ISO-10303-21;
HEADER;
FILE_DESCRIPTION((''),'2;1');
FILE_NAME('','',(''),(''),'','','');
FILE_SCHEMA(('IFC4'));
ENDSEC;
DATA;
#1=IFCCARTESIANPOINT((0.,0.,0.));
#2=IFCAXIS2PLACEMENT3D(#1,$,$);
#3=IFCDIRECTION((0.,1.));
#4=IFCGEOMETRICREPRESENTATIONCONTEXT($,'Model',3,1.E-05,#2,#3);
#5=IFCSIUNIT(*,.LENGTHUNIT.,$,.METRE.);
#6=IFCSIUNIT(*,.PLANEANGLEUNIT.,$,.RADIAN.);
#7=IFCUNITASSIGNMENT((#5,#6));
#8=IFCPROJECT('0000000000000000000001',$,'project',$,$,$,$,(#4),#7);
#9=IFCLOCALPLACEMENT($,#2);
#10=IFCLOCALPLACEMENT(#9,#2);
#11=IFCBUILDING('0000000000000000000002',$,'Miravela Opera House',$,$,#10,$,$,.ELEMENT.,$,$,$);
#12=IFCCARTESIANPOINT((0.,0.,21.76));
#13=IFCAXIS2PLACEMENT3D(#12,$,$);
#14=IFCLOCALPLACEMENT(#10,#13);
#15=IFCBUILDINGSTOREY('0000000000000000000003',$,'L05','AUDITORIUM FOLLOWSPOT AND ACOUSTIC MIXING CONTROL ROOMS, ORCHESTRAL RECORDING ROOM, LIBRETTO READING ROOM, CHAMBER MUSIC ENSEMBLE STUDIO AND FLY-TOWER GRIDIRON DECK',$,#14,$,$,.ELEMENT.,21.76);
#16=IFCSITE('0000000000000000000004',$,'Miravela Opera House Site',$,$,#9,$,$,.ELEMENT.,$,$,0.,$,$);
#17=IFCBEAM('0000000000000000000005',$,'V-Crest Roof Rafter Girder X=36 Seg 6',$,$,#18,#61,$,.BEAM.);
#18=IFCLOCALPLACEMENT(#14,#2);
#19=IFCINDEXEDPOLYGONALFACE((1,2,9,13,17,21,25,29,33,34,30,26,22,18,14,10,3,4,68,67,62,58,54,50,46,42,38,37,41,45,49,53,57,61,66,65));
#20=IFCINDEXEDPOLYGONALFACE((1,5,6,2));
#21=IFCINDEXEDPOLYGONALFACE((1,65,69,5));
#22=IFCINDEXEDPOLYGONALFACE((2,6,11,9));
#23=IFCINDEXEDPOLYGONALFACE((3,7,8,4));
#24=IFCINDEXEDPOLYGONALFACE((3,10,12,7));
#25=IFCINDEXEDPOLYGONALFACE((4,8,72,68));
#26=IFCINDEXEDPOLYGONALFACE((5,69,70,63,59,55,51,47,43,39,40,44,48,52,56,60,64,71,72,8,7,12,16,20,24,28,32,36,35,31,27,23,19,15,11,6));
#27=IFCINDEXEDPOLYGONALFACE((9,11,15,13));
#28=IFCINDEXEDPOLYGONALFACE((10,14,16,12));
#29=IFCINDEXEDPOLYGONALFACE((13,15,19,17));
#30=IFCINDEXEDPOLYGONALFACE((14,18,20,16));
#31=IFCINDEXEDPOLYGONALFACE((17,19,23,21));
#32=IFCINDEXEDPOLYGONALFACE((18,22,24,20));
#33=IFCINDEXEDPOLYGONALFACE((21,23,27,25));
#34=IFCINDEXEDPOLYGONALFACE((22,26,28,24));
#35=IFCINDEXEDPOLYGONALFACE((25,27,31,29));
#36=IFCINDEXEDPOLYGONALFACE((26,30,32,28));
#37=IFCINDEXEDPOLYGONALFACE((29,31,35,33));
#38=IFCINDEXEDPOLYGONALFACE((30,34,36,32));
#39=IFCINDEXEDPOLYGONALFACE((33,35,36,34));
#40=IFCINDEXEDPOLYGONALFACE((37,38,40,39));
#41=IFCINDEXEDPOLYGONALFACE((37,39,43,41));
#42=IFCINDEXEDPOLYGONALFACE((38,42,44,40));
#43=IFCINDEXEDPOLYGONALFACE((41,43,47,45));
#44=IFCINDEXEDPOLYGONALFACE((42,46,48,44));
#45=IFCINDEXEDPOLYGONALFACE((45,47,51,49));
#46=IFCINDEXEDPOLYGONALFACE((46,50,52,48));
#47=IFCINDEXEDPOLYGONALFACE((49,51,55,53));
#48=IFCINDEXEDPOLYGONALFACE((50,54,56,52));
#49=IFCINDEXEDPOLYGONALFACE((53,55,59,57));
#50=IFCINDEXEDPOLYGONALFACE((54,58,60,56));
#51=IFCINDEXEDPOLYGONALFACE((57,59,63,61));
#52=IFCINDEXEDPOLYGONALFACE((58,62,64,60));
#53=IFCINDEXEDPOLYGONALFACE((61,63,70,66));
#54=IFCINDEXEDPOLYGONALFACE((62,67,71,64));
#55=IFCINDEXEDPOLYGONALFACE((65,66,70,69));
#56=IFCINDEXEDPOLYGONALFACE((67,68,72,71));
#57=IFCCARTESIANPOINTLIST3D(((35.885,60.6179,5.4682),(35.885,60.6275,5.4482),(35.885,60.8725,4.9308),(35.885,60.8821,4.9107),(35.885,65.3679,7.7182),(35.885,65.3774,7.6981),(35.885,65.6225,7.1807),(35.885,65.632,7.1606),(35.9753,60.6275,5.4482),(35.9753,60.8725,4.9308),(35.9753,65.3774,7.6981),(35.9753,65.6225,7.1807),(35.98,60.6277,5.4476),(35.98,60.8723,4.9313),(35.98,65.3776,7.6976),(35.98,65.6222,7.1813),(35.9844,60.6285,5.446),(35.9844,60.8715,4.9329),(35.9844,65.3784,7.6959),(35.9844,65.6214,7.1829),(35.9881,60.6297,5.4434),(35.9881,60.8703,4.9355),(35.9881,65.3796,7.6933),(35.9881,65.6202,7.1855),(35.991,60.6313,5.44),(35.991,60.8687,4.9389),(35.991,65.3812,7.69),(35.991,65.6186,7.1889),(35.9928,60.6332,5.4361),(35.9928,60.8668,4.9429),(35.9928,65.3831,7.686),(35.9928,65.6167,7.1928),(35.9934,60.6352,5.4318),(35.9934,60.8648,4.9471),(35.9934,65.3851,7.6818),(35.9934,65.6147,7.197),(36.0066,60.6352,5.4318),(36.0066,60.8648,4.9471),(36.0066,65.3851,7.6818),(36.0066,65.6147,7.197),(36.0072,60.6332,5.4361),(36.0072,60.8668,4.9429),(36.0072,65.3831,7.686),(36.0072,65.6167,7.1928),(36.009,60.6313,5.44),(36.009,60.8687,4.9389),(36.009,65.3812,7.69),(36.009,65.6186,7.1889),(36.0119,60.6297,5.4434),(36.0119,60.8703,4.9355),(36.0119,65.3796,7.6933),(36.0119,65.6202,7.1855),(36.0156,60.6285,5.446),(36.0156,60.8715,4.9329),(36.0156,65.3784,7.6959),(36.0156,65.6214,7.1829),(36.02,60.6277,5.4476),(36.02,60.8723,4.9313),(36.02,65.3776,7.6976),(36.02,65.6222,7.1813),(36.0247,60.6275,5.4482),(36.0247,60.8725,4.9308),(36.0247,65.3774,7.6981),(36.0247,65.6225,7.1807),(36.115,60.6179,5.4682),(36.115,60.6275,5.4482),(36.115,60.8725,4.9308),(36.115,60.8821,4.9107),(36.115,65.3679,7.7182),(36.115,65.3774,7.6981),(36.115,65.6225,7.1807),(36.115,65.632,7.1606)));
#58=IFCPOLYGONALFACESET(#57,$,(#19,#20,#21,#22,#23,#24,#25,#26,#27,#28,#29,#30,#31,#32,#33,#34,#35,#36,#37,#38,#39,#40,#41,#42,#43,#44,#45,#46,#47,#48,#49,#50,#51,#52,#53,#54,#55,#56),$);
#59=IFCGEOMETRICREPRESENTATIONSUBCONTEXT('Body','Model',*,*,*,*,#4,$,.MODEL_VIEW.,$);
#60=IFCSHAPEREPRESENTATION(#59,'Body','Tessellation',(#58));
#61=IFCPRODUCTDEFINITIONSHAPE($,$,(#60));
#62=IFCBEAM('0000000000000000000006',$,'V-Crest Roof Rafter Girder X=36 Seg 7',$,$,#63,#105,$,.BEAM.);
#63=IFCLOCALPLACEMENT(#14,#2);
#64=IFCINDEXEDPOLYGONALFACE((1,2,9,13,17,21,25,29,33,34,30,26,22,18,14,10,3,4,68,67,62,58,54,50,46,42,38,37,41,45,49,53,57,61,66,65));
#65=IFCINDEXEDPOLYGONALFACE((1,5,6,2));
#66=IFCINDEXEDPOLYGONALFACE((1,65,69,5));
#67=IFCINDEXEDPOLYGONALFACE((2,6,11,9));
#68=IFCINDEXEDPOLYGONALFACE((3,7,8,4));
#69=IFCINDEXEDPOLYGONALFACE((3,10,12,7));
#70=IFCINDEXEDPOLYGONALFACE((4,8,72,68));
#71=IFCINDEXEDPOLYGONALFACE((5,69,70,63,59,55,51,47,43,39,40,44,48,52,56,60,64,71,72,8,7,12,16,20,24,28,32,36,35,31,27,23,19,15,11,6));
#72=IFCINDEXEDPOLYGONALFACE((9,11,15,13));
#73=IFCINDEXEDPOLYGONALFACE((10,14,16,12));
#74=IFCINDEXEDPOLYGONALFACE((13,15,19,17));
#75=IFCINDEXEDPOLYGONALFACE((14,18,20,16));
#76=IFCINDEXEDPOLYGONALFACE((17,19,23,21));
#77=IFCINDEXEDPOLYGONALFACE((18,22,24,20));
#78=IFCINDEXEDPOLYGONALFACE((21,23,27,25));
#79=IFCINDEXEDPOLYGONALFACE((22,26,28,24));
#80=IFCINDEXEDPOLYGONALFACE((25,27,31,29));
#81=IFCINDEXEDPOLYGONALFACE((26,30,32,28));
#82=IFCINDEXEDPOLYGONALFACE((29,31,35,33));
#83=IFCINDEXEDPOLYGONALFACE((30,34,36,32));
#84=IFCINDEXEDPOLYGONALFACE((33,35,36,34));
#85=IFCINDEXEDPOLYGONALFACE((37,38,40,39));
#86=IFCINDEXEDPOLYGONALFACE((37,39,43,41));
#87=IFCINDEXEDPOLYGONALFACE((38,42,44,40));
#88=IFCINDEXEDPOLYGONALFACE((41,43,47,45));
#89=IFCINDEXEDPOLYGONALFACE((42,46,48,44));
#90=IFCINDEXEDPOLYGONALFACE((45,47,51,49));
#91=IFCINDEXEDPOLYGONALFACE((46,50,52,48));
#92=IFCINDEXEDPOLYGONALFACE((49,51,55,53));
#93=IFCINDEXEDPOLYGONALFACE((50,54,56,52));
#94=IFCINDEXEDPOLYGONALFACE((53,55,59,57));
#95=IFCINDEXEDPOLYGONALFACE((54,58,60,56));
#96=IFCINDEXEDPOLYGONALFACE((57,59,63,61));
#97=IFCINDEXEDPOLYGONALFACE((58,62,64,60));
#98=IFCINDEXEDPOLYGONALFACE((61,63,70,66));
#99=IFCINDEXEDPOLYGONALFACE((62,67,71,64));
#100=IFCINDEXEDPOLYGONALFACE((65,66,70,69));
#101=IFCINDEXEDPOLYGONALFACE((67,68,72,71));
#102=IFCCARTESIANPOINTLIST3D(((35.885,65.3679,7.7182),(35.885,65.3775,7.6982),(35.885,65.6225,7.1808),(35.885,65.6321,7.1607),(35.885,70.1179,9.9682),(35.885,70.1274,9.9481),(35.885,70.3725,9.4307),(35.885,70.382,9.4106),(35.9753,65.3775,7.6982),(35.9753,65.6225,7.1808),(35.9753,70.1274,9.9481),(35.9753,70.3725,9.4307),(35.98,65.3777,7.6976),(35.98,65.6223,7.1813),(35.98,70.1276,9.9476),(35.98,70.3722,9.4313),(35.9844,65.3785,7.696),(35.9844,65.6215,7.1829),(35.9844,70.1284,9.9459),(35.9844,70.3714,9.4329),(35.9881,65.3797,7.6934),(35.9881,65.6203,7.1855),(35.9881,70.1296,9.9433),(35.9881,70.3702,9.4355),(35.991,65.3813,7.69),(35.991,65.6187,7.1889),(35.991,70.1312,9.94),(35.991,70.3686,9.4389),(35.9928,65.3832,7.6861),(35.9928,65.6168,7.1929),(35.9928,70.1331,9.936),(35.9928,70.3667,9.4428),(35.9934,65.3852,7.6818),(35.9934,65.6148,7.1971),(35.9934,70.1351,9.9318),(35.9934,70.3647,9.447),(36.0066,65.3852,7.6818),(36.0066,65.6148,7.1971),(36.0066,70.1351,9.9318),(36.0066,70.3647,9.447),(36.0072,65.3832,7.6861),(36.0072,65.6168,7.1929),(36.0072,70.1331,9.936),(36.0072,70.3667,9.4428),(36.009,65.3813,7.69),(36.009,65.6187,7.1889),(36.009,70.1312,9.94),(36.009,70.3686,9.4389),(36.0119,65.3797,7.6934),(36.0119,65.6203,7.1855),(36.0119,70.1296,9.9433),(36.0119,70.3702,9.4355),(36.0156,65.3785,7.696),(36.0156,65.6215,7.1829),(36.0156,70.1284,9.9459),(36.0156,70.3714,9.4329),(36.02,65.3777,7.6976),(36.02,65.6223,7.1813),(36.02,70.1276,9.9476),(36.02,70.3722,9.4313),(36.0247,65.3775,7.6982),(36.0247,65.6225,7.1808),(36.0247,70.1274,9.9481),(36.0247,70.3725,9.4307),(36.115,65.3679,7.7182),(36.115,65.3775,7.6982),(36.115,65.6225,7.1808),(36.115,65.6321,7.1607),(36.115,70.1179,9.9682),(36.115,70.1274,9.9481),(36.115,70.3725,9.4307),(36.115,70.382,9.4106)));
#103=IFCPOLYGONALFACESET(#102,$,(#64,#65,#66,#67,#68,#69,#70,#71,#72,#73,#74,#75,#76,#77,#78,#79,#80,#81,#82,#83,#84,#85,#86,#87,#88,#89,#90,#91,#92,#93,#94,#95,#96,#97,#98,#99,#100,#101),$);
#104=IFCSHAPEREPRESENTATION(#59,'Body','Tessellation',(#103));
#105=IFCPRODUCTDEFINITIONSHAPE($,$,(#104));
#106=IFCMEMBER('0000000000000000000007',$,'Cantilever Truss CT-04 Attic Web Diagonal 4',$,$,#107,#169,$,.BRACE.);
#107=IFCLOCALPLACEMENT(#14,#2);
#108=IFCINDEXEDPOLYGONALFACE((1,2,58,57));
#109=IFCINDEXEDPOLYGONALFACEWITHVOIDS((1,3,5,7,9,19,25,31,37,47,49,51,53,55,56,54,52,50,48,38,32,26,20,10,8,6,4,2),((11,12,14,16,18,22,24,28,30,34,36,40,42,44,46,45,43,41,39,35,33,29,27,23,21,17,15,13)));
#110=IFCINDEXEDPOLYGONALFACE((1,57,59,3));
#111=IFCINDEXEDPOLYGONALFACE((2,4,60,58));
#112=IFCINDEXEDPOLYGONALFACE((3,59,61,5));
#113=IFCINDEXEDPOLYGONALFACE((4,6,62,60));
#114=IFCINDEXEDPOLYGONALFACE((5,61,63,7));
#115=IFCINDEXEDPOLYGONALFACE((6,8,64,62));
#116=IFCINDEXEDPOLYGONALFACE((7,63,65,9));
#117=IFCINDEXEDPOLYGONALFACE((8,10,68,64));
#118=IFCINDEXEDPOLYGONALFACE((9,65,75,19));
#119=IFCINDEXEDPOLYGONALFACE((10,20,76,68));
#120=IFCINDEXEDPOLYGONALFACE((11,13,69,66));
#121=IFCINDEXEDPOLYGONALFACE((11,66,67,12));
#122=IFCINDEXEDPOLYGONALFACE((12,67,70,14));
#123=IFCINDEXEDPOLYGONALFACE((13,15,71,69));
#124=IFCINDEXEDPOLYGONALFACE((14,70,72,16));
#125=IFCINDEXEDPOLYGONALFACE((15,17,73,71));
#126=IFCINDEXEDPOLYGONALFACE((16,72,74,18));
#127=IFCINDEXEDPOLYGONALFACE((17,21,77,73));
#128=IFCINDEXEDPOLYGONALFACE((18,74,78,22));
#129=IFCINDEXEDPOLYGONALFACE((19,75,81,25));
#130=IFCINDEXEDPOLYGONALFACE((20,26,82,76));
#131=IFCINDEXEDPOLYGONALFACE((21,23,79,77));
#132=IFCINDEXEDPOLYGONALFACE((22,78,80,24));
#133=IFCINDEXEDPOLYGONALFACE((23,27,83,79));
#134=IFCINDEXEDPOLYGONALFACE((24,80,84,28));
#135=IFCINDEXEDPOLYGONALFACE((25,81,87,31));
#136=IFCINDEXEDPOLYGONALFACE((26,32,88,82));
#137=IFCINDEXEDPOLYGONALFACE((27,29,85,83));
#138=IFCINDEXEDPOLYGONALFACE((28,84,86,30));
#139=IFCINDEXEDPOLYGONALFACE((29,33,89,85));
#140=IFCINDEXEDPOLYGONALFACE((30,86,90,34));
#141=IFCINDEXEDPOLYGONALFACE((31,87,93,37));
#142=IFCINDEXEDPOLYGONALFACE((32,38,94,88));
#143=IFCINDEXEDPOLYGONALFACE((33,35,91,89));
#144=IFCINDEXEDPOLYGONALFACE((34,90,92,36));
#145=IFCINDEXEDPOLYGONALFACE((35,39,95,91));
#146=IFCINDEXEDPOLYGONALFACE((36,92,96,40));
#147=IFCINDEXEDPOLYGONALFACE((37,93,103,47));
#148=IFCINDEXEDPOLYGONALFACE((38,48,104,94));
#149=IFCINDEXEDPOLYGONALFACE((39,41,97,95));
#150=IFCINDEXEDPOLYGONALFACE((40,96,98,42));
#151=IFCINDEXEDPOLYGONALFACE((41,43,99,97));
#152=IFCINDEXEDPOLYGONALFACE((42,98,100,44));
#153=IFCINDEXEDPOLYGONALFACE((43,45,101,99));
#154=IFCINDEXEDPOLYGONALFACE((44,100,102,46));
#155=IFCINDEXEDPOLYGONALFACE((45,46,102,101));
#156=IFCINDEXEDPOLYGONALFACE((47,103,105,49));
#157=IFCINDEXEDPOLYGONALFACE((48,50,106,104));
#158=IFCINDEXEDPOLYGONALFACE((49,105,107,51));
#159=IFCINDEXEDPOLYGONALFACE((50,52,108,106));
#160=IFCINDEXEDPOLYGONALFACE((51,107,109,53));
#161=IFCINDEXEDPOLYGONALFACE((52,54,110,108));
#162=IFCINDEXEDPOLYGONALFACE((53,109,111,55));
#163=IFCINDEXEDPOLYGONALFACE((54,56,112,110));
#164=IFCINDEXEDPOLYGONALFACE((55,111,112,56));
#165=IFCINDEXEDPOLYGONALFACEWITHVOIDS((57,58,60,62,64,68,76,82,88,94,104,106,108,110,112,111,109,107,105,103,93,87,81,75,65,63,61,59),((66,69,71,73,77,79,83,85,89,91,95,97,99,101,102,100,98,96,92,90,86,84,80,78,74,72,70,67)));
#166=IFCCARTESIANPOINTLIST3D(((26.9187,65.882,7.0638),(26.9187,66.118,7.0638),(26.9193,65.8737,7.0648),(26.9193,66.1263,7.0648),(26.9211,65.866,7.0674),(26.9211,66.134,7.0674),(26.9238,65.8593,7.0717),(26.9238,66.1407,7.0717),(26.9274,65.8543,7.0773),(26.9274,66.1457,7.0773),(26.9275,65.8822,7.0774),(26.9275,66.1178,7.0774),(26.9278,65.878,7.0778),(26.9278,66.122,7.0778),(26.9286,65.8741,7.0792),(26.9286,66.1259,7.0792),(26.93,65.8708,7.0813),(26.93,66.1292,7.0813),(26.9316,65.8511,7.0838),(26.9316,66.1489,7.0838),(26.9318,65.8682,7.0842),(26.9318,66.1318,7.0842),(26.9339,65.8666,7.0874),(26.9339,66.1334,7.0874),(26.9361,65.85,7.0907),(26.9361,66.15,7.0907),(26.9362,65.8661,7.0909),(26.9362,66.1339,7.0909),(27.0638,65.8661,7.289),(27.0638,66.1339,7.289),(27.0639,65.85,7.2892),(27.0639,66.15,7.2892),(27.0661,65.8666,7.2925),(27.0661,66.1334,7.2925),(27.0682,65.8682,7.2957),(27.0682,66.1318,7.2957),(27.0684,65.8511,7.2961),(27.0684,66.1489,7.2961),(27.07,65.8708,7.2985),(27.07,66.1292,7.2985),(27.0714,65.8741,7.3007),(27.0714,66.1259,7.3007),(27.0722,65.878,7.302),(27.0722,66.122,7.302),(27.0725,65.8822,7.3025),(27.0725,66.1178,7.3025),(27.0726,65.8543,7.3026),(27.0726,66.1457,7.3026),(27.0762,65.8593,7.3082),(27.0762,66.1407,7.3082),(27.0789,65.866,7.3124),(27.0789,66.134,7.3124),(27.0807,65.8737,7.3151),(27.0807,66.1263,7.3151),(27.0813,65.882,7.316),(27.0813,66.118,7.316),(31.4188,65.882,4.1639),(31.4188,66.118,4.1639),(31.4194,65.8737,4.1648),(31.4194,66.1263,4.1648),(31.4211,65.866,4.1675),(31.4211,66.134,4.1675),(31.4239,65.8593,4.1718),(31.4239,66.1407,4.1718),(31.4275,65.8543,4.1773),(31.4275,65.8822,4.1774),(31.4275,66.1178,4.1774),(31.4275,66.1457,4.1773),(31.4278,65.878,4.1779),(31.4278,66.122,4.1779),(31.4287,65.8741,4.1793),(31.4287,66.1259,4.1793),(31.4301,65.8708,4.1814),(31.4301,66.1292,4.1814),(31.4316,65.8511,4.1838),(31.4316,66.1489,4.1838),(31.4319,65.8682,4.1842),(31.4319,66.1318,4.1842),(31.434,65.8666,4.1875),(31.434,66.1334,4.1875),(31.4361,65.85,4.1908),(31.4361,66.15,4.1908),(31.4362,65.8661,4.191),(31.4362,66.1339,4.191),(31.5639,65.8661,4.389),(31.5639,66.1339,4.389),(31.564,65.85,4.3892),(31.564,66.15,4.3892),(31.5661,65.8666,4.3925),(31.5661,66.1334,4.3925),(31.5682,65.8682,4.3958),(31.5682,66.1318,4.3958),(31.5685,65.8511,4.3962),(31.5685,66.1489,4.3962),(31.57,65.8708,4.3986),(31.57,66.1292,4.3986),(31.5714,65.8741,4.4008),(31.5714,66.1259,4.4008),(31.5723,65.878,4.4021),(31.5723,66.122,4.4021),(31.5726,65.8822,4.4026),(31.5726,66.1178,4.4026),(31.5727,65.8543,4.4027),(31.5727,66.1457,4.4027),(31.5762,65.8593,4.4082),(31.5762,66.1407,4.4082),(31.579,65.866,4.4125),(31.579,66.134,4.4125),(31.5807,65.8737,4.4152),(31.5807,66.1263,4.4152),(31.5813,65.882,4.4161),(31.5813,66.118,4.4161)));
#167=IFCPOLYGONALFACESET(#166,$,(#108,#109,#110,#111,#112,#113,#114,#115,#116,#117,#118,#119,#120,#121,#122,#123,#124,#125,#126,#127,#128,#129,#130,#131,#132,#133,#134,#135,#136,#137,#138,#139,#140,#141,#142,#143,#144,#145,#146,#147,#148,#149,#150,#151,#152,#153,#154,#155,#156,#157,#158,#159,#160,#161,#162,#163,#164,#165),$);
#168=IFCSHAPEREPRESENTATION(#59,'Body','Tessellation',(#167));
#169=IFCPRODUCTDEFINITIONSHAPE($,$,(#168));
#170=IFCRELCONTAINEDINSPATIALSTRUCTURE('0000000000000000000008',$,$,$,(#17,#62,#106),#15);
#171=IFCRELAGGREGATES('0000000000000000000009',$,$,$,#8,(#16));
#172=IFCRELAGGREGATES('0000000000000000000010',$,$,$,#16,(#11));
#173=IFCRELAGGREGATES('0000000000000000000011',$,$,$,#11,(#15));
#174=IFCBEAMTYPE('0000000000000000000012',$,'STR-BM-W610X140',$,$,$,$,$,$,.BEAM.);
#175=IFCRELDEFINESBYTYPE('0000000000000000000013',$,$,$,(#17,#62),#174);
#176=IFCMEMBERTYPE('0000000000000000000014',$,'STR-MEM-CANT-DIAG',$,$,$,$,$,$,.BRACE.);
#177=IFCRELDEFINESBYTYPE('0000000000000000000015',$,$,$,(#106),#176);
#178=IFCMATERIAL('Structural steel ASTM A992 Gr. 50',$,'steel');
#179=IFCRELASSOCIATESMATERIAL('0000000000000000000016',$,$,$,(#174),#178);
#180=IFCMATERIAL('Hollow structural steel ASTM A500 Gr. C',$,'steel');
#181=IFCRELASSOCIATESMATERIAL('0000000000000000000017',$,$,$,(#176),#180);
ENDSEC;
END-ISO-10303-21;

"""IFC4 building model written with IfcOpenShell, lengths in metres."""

from ifc_helpers import new_model, si_unit, direction, frame, origin, origin_2d, place, context, subcontext, project, spatial, hollow_rectangle, i_section, extrude, material, material_profile, profile_set, type_object, element, save


model = new_model("IFC4")

# Units and contexts
model_context = context("Model", 3, precision=1e-05, world=origin(), true_north=direction((0.0, 1.0)))
body_context = subcontext(model_context, "Body", "Model", "MODEL_VIEW")
ifc_project = project(units=[si_unit("LENGTHUNIT", "METRE"), si_unit("PLANEANGLEUNIT", "RADIAN")], contexts=[model_context])

# Site, building, storey
site_placement = place(None, origin())
site = spatial("IfcSite", under=ifc_project, at=site_placement, Name="Miravela Opera House Site", CompositionType="ELEMENT", RefElevation=0.0)
building_placement = place(site_placement, origin())
building = spatial("IfcBuilding", under=site, at=building_placement, Name="Miravela Opera House", CompositionType="ELEMENT")
storey_placement = place(building_placement, frame((0.0, 0.0, 21.76)))
storey = spatial("IfcBuildingStorey", under=building, at=storey_placement, Name="L05", Description="AUDITORIUM FOLLOWSPOT AND ACOUSTIC MIXING CONTROL ROOMS, ORCHESTRAL RECORDING ROOM, LIBRETTO READING ROOM, CHAMBER MUSIC ENSEMBLE STUDIO AND FLY-TOWER GRIDIRON DECK", CompositionType="ELEMENT", Elevation=21.76)

# Beams
ifc_material_1 = material(Name="Structural steel ASTM A992 Gr. 50", Category="steel")
ifc_material_profile_1 = material_profile(ifc_material_1, i_section(OverallWidth=0.23, OverallDepth=0.6169, WebThickness=0.0132, FlangeThickness=0.0222, FilletRadius=0.0181, at=origin_2d()), Name="W610X140")
ifc_profile_set_1 = profile_set([ifc_material_profile_1])
beam_type_1 = type_object("IfcBeamType", Name="STR-BM-W610X140", PredefinedType="BEAM", material=ifc_profile_set_1)
for number, where, z_axis, x_axis, name in (
    (1, (36.0, 60.75, 5.1895), (0.0, 0.903738, 0.428086), (-1.0, 0.0, 0.0), "V-Crest Roof Rafter Girder X=36 Seg 6"),
    (2, (36.0, 65.5, 7.4395), (0.0, 0.903738, 0.428086), (-1.0, 0.0, 0.0), "V-Crest Roof Rafter Girder X=36 Seg 7"),
):
    element("IfcBeam", number, at=place(storey_placement, frame(where, z_axis=z_axis, x_axis=x_axis)), inside=storey, type_object=beam_type_1, Name=name, PredefinedType="BEAM", context=body_context, shape_type="SweptSolid", body=[
        extrude(i_section(OverallWidth=0.23, OverallDepth=0.6169, WebThickness=0.0132, FlangeThickness=0.0222, FilletRadius=0.0181, at=origin_2d()), origin(), (0.0, 0.0, 1.0), 5.2559),
    ])

# Member
ifc_material_2 = material(Name="Hollow structural steel ASTM A500 Gr. C", Category="steel")
ifc_material_profile_2 = material_profile(ifc_material_2, hollow_rectangle(XDim=0.3, YDim=0.3, WallThickness=0.0161, InnerFilletRadius=0.0161, OuterFilletRadius=0.032, at=origin_2d()), Name="HSS300X300X16")
ifc_profile_set_2 = profile_set([ifc_material_profile_2])
member_type_1 = type_object("IfcMemberType", Name="STR-MEM-CANT-DIAG", PredefinedType="BRACE", material=ifc_profile_set_2)
for number, where, z_axis, x_axis, name in (
    (3, (27.0, 66.0, 7.1899), (0.840579, 0.0, -0.541688), (0.0, 1.0, 0.0), "Cantilever Truss CT-04 Attic Web Diagonal 4"),
):
    element("IfcMember", number, at=place(storey_placement, frame(where, z_axis=z_axis, x_axis=x_axis)), inside=storey, type_object=member_type_1, Name=name, PredefinedType="BRACE", context=body_context, shape_type="SweptSolid", body=[
        extrude(hollow_rectangle(XDim=0.3, YDim=0.3, WallThickness=0.0161, InnerFilletRadius=0.0161, OuterFilletRadius=0.032, at=origin_2d()), origin(), (0.0, 0.0, 1.0), 5.3535),
    ])

save(model, "model.ifc")
